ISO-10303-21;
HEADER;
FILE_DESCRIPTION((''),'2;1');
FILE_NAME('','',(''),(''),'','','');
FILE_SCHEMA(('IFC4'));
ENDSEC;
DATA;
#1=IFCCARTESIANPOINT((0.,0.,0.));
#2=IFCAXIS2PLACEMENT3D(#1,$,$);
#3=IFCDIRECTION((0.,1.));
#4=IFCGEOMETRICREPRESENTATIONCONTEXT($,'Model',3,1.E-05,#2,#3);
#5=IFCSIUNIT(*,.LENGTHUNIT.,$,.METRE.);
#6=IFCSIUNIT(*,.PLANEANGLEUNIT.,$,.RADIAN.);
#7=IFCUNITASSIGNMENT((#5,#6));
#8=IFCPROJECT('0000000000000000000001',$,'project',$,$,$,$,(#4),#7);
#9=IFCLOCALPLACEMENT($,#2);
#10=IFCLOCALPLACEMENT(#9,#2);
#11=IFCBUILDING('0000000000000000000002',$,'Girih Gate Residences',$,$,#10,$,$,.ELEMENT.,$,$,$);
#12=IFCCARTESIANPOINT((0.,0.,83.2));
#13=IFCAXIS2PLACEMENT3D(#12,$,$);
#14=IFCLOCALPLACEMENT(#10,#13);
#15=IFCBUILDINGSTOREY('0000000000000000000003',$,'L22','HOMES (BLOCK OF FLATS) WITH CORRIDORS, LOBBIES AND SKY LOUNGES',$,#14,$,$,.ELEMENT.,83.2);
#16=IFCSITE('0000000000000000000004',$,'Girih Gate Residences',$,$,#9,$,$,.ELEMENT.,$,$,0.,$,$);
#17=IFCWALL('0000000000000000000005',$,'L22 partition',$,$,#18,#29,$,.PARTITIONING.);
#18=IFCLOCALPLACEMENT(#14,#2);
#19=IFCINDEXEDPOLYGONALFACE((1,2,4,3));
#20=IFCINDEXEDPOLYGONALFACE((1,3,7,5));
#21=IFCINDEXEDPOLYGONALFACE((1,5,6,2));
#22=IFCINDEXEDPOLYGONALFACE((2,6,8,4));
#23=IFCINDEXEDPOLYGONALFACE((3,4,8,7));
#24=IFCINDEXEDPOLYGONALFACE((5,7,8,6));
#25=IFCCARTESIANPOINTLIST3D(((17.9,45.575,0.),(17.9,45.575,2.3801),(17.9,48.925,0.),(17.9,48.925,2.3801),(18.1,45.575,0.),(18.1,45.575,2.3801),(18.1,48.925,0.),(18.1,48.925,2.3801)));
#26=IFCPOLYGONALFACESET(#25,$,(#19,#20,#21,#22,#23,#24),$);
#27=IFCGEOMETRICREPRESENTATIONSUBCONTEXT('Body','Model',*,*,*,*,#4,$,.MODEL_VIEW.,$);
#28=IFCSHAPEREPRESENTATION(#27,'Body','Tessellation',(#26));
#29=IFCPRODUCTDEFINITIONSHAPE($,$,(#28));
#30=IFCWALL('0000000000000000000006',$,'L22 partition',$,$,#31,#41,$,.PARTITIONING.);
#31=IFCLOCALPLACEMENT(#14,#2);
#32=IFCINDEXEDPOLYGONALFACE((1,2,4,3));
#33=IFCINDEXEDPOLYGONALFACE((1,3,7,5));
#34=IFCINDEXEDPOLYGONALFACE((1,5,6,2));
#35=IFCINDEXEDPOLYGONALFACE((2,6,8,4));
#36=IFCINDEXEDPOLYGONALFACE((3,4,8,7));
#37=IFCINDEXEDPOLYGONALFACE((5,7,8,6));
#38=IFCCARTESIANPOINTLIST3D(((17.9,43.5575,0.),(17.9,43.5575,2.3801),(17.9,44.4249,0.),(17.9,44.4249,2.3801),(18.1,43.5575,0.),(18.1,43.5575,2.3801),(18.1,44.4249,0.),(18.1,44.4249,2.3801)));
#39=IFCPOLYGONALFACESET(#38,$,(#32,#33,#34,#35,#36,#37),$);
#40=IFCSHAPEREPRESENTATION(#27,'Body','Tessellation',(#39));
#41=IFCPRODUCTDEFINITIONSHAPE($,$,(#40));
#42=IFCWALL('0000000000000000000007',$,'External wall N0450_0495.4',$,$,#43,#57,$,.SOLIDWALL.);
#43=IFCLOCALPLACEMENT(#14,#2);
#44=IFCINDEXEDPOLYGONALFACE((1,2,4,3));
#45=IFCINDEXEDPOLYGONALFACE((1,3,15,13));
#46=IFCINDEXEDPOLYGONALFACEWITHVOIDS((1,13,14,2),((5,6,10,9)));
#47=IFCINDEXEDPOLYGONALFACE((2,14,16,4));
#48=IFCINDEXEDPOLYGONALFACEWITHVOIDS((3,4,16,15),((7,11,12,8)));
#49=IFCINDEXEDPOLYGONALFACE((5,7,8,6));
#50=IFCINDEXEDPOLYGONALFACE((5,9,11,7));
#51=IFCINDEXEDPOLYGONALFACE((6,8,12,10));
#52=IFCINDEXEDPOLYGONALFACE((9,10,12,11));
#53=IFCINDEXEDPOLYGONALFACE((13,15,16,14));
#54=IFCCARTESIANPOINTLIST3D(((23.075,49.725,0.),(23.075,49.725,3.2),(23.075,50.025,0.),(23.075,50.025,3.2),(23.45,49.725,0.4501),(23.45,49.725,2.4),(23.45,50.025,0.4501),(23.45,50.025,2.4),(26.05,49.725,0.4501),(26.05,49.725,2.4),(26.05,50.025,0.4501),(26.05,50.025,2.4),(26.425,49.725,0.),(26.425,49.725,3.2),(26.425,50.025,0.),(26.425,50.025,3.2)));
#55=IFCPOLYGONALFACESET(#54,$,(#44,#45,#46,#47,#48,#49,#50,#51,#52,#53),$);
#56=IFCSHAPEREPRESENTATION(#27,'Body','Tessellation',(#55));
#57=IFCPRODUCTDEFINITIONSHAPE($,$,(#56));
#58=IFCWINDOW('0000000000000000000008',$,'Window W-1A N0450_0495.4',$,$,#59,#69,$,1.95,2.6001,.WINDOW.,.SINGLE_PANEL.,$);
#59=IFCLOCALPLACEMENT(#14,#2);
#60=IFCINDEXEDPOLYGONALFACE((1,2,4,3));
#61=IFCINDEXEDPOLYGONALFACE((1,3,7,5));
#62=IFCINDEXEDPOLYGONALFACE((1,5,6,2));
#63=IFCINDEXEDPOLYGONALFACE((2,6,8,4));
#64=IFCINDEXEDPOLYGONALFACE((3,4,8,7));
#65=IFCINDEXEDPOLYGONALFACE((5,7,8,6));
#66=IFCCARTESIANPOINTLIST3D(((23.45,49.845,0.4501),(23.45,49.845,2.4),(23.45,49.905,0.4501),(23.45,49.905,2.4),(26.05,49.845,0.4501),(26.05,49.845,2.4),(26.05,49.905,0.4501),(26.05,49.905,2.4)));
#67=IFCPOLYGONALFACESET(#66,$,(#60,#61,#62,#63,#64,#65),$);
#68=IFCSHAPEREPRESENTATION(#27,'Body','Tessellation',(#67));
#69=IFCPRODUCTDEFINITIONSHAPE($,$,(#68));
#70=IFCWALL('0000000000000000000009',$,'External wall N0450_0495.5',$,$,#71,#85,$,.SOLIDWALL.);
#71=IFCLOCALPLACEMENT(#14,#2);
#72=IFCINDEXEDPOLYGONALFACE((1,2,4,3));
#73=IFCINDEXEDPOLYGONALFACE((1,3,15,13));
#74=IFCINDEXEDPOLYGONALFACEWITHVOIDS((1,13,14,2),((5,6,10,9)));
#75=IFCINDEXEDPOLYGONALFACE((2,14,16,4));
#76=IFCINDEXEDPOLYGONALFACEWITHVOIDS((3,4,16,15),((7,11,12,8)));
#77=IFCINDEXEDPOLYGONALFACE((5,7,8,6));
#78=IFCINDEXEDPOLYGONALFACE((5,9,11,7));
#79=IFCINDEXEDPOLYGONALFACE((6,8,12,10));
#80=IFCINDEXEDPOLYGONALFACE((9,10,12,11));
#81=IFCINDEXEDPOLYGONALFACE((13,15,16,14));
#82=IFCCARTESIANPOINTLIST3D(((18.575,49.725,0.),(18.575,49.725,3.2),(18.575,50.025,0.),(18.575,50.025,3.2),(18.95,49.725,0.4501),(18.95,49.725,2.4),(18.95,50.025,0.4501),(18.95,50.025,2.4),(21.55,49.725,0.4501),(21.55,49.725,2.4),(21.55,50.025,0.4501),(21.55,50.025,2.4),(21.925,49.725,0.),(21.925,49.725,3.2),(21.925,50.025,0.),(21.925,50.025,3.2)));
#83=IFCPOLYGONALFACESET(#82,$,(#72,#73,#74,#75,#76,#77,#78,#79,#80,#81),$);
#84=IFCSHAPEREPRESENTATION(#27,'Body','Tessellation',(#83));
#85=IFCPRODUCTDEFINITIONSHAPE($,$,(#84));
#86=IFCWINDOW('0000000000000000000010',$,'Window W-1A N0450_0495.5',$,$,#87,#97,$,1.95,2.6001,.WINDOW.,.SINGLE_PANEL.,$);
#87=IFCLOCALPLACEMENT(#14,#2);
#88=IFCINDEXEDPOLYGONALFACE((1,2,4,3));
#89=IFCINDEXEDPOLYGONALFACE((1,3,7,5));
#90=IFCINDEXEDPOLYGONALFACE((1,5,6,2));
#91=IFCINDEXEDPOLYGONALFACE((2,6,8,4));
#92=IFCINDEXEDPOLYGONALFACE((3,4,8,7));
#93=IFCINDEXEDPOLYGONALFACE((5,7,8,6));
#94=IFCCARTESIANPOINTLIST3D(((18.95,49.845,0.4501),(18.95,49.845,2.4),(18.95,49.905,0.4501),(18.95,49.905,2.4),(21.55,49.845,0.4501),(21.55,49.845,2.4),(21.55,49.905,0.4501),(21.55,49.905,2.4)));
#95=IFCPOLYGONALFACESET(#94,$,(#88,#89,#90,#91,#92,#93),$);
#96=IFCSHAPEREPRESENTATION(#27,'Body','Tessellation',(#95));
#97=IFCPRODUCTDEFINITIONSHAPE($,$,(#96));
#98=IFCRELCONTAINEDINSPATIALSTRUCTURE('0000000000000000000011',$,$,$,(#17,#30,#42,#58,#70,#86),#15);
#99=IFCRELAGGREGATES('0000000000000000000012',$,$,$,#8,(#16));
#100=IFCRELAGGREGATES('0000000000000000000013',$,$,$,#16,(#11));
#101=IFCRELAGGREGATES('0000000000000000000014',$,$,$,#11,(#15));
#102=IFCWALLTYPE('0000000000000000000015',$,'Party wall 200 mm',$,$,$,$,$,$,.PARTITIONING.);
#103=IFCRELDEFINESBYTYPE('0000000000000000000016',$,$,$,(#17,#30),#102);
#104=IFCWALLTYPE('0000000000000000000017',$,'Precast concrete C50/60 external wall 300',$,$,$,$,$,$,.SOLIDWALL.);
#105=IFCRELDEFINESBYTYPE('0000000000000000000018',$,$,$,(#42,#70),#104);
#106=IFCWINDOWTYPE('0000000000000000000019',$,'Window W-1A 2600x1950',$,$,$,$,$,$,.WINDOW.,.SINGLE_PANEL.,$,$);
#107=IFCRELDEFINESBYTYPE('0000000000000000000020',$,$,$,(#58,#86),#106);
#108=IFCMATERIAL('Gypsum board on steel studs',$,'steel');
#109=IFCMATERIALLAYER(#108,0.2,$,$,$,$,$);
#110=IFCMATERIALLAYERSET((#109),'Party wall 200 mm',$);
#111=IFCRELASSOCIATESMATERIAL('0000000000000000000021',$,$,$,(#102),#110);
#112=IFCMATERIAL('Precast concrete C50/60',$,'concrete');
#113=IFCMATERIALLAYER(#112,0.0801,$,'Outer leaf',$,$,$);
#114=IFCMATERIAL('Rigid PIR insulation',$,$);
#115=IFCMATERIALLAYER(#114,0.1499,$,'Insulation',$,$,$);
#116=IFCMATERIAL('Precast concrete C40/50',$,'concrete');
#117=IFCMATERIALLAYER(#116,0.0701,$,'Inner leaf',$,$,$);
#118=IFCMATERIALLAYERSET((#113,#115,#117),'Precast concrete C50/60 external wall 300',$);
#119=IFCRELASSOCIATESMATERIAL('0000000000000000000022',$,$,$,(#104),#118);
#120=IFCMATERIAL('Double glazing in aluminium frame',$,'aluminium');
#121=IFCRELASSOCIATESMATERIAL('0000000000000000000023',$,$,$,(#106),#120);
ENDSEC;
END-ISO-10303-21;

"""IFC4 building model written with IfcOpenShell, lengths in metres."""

from ifc_helpers import new_model, si_unit, direction, frame, frame_2d, origin, place, context, subcontext, project, spatial, rectangle, extrude, material, layer, layer_set, type_object, element, fill, save


model = new_model("IFC4")

# Units and contexts
model_context = context("Model", 3, precision=1e-05, world=origin(), true_north=direction((0.0, 1.0)))
body_context = subcontext(model_context, "Body", "Model", "MODEL_VIEW")
ifc_project = project(units=[si_unit("LENGTHUNIT", "METRE"), si_unit("PLANEANGLEUNIT", "RADIAN")], contexts=[model_context])

# Site, building, storey
site_placement = place(None, origin())
site = spatial("IfcSite", under=ifc_project, at=site_placement, Name="Girih Gate Residences", CompositionType="ELEMENT", RefElevation=0.0)
building_placement = place(site_placement, origin())
building = spatial("IfcBuilding", under=site, at=building_placement, Name="Girih Gate Residences", CompositionType="ELEMENT")
storey_placement = place(building_placement, frame((0.0, 0.0, 83.2)))
storey = spatial("IfcBuildingStorey", under=building, at=storey_placement, Name="L22", Description="HOMES (BLOCK OF FLATS) WITH CORRIDORS, LOBBIES AND SKY LOUNGES", CompositionType="ELEMENT", Elevation=83.2)

# Shared definitions
ifc_material_1 = material(Name="Gypsum board on steel studs", Category="steel")

# Walls
ifc_layer_1 = layer(ifc_material_1, 0.2)
ifc_layer_set_1 = layer_set([ifc_layer_1], Name="Party wall 200 mm")
wall_type_1 = type_object("IfcWallType", Name="Party wall 200 mm", PredefinedType="PARTITIONING", material=ifc_layer_set_1)
wall_1_placement = place(storey_placement, frame((18.0, 45.575, 0.0), z_axis=(0.0, 0.0, 1.0), x_axis=(0.0, 1.0, 0.0)))
element("IfcWall", 1, at=wall_1_placement, inside=storey, type_object=wall_type_1, Name="L22 partition", PredefinedType="PARTITIONING", context=body_context, shape_type="SweptSolid", body=[
    extrude(rectangle(XDim=3.3501, YDim=0.2, at=frame_2d((1.675, 0.0))), origin(), (0.0, 0.0, 1.0), 2.3801),
])
wall_2_placement = place(storey_placement, frame((18.0, 43.5576, 0.0), z_axis=(0.0, 0.0, 1.0), x_axis=(0.0, 1.0, 0.0)))
element("IfcWall", 2, at=wall_2_placement, inside=storey, type_object=wall_type_1, Name="L22 partition", PredefinedType="PARTITIONING", context=body_context, shape_type="SweptSolid", body=[
    extrude(rectangle(XDim=0.8674, YDim=0.2, at=frame_2d((0.4336, 0.0))), origin(), (0.0, 0.0, 1.0), 2.3801),
])

# Walls, openings, windows
ifc_material_2 = material(Name="Precast concrete C50/60", Category="concrete")
ifc_layer_2 = layer(ifc_material_2, 0.0801, Name="Outer leaf")
ifc_material_3 = material(Name="Rigid PIR insulation")
ifc_layer_3 = layer(ifc_material_3, 0.1499, Name="Insulation")
ifc_material_4 = material(Name="Precast concrete C40/50", Category="concrete")
ifc_layer_4 = layer(ifc_material_4, 0.0701, Name="Inner leaf")
ifc_layer_set_2 = layer_set([ifc_layer_2, ifc_layer_3, ifc_layer_4], Name="Precast concrete C50/60 external wall 300")
wall_type_2 = type_object("IfcWallType", Name="Precast concrete C50/60 external wall 300", PredefinedType="SOLIDWALL", material=ifc_layer_set_2)
wall_3_placement = place(storey_placement, frame((23.075, 49.875, 0.0), z_axis=(0.0, 0.0, 1.0), x_axis=(1.0, 0.0, 0.0)))
wall_3 = element("IfcWall", 3, at=wall_3_placement, inside=storey, type_object=wall_type_2, Name="External wall N0450_0495.4", PredefinedType="SOLIDWALL", context=body_context, shape_type="SweptSolid", body=[
    extrude(rectangle(XDim=3.3501, YDim=0.3, at=frame_2d((1.675, 0.0))), origin(), (0.0, 0.0, 1.0), 3.2),
])
opening_1_placement = place(wall_3_placement, frame((0.375, 0.0, 0.45)))
opening_1 = element("IfcOpeningElement", 4, at=opening_1_placement, cuts=wall_3, PredefinedType="OPENING", context=body_context, shape_type="SweptSolid", body=[
    extrude(rectangle(XDim=2.6001, YDim=1.95, at=frame_2d((1.3, 0.9751))), frame((0.0, 0.1599, 0.0), z_axis=(0.0, -1.0, 0.0), x_axis=(1.0, 0.0, 0.0)), (0.0, 0.0, 1.0), 0.3201),
])
ifc_material_5 = material(Name="Double glazing in aluminium frame", Category="aluminium")
window_type = type_object("IfcWindowType", Name="Window W-1A 2600x1950", PartitioningType="SINGLE_PANEL", PredefinedType="WINDOW", material=ifc_material_5)
window_1_placement = place(opening_1_placement, origin())
window_1 = element("IfcWindow", 5, at=window_1_placement, inside=storey, type_object=window_type, Name="Window W-1A N0450_0495.4", OverallHeight=1.95, OverallWidth=2.6001, PartitioningType="SINGLE_PANEL", PredefinedType="WINDOW", context=body_context, shape_type="SweptSolid", body=[
    extrude(rectangle(XDim=2.6001, YDim=1.95, at=frame_2d((1.3, 0.9751))), frame((0.0, 0.03, 0.0), z_axis=(0.0, -1.0, 0.0), x_axis=(1.0, 0.0, 0.0)), (0.0, 0.0, 1.0), 0.0601),
])
fill(opening_1, window_1)
wall_4_placement = place(storey_placement, frame((18.575, 49.875, 0.0), z_axis=(0.0, 0.0, 1.0), x_axis=(1.0, 0.0, 0.0)))
wall_4 = element("IfcWall", 6, at=wall_4_placement, inside=storey, type_object=wall_type_2, Name="External wall N0450_0495.5", PredefinedType="SOLIDWALL", context=body_context, shape_type="SweptSolid", body=[
    extrude(rectangle(XDim=3.3501, YDim=0.3, at=frame_2d((1.675, 0.0))), origin(), (0.0, 0.0, 1.0), 3.2),
])
opening_2_placement = place(wall_4_placement, frame((0.375, 0.0, 0.45)))
opening_2 = element("IfcOpeningElement", 7, at=opening_2_placement, cuts=wall_4, PredefinedType="OPENING", context=body_context, shape_type="SweptSolid", body=[
    extrude(rectangle(XDim=2.6001, YDim=1.95, at=frame_2d((1.3, 0.9751))), frame((0.0, 0.1599, 0.0), z_axis=(0.0, -1.0, 0.0), x_axis=(1.0, 0.0, 0.0)), (0.0, 0.0, 1.0), 0.3201),
])
window_2_placement = place(opening_2_placement, origin())
window_2 = element("IfcWindow", 8, at=window_2_placement, inside=storey, type_object=window_type, Name="Window W-1A N0450_0495.5", OverallHeight=1.95, OverallWidth=2.6001, PartitioningType="SINGLE_PANEL", PredefinedType="WINDOW", context=body_context, shape_type="SweptSolid", body=[
    extrude(rectangle(XDim=2.6001, YDim=1.95, at=frame_2d((1.3, 0.9751))), frame((0.0, 0.03, 0.0), z_axis=(0.0, -1.0, 0.0), x_axis=(1.0, 0.0, 0.0)), (0.0, 0.0, 1.0), 0.0601),
])
fill(opening_2, window_2)

save(model, "model.ifc")
